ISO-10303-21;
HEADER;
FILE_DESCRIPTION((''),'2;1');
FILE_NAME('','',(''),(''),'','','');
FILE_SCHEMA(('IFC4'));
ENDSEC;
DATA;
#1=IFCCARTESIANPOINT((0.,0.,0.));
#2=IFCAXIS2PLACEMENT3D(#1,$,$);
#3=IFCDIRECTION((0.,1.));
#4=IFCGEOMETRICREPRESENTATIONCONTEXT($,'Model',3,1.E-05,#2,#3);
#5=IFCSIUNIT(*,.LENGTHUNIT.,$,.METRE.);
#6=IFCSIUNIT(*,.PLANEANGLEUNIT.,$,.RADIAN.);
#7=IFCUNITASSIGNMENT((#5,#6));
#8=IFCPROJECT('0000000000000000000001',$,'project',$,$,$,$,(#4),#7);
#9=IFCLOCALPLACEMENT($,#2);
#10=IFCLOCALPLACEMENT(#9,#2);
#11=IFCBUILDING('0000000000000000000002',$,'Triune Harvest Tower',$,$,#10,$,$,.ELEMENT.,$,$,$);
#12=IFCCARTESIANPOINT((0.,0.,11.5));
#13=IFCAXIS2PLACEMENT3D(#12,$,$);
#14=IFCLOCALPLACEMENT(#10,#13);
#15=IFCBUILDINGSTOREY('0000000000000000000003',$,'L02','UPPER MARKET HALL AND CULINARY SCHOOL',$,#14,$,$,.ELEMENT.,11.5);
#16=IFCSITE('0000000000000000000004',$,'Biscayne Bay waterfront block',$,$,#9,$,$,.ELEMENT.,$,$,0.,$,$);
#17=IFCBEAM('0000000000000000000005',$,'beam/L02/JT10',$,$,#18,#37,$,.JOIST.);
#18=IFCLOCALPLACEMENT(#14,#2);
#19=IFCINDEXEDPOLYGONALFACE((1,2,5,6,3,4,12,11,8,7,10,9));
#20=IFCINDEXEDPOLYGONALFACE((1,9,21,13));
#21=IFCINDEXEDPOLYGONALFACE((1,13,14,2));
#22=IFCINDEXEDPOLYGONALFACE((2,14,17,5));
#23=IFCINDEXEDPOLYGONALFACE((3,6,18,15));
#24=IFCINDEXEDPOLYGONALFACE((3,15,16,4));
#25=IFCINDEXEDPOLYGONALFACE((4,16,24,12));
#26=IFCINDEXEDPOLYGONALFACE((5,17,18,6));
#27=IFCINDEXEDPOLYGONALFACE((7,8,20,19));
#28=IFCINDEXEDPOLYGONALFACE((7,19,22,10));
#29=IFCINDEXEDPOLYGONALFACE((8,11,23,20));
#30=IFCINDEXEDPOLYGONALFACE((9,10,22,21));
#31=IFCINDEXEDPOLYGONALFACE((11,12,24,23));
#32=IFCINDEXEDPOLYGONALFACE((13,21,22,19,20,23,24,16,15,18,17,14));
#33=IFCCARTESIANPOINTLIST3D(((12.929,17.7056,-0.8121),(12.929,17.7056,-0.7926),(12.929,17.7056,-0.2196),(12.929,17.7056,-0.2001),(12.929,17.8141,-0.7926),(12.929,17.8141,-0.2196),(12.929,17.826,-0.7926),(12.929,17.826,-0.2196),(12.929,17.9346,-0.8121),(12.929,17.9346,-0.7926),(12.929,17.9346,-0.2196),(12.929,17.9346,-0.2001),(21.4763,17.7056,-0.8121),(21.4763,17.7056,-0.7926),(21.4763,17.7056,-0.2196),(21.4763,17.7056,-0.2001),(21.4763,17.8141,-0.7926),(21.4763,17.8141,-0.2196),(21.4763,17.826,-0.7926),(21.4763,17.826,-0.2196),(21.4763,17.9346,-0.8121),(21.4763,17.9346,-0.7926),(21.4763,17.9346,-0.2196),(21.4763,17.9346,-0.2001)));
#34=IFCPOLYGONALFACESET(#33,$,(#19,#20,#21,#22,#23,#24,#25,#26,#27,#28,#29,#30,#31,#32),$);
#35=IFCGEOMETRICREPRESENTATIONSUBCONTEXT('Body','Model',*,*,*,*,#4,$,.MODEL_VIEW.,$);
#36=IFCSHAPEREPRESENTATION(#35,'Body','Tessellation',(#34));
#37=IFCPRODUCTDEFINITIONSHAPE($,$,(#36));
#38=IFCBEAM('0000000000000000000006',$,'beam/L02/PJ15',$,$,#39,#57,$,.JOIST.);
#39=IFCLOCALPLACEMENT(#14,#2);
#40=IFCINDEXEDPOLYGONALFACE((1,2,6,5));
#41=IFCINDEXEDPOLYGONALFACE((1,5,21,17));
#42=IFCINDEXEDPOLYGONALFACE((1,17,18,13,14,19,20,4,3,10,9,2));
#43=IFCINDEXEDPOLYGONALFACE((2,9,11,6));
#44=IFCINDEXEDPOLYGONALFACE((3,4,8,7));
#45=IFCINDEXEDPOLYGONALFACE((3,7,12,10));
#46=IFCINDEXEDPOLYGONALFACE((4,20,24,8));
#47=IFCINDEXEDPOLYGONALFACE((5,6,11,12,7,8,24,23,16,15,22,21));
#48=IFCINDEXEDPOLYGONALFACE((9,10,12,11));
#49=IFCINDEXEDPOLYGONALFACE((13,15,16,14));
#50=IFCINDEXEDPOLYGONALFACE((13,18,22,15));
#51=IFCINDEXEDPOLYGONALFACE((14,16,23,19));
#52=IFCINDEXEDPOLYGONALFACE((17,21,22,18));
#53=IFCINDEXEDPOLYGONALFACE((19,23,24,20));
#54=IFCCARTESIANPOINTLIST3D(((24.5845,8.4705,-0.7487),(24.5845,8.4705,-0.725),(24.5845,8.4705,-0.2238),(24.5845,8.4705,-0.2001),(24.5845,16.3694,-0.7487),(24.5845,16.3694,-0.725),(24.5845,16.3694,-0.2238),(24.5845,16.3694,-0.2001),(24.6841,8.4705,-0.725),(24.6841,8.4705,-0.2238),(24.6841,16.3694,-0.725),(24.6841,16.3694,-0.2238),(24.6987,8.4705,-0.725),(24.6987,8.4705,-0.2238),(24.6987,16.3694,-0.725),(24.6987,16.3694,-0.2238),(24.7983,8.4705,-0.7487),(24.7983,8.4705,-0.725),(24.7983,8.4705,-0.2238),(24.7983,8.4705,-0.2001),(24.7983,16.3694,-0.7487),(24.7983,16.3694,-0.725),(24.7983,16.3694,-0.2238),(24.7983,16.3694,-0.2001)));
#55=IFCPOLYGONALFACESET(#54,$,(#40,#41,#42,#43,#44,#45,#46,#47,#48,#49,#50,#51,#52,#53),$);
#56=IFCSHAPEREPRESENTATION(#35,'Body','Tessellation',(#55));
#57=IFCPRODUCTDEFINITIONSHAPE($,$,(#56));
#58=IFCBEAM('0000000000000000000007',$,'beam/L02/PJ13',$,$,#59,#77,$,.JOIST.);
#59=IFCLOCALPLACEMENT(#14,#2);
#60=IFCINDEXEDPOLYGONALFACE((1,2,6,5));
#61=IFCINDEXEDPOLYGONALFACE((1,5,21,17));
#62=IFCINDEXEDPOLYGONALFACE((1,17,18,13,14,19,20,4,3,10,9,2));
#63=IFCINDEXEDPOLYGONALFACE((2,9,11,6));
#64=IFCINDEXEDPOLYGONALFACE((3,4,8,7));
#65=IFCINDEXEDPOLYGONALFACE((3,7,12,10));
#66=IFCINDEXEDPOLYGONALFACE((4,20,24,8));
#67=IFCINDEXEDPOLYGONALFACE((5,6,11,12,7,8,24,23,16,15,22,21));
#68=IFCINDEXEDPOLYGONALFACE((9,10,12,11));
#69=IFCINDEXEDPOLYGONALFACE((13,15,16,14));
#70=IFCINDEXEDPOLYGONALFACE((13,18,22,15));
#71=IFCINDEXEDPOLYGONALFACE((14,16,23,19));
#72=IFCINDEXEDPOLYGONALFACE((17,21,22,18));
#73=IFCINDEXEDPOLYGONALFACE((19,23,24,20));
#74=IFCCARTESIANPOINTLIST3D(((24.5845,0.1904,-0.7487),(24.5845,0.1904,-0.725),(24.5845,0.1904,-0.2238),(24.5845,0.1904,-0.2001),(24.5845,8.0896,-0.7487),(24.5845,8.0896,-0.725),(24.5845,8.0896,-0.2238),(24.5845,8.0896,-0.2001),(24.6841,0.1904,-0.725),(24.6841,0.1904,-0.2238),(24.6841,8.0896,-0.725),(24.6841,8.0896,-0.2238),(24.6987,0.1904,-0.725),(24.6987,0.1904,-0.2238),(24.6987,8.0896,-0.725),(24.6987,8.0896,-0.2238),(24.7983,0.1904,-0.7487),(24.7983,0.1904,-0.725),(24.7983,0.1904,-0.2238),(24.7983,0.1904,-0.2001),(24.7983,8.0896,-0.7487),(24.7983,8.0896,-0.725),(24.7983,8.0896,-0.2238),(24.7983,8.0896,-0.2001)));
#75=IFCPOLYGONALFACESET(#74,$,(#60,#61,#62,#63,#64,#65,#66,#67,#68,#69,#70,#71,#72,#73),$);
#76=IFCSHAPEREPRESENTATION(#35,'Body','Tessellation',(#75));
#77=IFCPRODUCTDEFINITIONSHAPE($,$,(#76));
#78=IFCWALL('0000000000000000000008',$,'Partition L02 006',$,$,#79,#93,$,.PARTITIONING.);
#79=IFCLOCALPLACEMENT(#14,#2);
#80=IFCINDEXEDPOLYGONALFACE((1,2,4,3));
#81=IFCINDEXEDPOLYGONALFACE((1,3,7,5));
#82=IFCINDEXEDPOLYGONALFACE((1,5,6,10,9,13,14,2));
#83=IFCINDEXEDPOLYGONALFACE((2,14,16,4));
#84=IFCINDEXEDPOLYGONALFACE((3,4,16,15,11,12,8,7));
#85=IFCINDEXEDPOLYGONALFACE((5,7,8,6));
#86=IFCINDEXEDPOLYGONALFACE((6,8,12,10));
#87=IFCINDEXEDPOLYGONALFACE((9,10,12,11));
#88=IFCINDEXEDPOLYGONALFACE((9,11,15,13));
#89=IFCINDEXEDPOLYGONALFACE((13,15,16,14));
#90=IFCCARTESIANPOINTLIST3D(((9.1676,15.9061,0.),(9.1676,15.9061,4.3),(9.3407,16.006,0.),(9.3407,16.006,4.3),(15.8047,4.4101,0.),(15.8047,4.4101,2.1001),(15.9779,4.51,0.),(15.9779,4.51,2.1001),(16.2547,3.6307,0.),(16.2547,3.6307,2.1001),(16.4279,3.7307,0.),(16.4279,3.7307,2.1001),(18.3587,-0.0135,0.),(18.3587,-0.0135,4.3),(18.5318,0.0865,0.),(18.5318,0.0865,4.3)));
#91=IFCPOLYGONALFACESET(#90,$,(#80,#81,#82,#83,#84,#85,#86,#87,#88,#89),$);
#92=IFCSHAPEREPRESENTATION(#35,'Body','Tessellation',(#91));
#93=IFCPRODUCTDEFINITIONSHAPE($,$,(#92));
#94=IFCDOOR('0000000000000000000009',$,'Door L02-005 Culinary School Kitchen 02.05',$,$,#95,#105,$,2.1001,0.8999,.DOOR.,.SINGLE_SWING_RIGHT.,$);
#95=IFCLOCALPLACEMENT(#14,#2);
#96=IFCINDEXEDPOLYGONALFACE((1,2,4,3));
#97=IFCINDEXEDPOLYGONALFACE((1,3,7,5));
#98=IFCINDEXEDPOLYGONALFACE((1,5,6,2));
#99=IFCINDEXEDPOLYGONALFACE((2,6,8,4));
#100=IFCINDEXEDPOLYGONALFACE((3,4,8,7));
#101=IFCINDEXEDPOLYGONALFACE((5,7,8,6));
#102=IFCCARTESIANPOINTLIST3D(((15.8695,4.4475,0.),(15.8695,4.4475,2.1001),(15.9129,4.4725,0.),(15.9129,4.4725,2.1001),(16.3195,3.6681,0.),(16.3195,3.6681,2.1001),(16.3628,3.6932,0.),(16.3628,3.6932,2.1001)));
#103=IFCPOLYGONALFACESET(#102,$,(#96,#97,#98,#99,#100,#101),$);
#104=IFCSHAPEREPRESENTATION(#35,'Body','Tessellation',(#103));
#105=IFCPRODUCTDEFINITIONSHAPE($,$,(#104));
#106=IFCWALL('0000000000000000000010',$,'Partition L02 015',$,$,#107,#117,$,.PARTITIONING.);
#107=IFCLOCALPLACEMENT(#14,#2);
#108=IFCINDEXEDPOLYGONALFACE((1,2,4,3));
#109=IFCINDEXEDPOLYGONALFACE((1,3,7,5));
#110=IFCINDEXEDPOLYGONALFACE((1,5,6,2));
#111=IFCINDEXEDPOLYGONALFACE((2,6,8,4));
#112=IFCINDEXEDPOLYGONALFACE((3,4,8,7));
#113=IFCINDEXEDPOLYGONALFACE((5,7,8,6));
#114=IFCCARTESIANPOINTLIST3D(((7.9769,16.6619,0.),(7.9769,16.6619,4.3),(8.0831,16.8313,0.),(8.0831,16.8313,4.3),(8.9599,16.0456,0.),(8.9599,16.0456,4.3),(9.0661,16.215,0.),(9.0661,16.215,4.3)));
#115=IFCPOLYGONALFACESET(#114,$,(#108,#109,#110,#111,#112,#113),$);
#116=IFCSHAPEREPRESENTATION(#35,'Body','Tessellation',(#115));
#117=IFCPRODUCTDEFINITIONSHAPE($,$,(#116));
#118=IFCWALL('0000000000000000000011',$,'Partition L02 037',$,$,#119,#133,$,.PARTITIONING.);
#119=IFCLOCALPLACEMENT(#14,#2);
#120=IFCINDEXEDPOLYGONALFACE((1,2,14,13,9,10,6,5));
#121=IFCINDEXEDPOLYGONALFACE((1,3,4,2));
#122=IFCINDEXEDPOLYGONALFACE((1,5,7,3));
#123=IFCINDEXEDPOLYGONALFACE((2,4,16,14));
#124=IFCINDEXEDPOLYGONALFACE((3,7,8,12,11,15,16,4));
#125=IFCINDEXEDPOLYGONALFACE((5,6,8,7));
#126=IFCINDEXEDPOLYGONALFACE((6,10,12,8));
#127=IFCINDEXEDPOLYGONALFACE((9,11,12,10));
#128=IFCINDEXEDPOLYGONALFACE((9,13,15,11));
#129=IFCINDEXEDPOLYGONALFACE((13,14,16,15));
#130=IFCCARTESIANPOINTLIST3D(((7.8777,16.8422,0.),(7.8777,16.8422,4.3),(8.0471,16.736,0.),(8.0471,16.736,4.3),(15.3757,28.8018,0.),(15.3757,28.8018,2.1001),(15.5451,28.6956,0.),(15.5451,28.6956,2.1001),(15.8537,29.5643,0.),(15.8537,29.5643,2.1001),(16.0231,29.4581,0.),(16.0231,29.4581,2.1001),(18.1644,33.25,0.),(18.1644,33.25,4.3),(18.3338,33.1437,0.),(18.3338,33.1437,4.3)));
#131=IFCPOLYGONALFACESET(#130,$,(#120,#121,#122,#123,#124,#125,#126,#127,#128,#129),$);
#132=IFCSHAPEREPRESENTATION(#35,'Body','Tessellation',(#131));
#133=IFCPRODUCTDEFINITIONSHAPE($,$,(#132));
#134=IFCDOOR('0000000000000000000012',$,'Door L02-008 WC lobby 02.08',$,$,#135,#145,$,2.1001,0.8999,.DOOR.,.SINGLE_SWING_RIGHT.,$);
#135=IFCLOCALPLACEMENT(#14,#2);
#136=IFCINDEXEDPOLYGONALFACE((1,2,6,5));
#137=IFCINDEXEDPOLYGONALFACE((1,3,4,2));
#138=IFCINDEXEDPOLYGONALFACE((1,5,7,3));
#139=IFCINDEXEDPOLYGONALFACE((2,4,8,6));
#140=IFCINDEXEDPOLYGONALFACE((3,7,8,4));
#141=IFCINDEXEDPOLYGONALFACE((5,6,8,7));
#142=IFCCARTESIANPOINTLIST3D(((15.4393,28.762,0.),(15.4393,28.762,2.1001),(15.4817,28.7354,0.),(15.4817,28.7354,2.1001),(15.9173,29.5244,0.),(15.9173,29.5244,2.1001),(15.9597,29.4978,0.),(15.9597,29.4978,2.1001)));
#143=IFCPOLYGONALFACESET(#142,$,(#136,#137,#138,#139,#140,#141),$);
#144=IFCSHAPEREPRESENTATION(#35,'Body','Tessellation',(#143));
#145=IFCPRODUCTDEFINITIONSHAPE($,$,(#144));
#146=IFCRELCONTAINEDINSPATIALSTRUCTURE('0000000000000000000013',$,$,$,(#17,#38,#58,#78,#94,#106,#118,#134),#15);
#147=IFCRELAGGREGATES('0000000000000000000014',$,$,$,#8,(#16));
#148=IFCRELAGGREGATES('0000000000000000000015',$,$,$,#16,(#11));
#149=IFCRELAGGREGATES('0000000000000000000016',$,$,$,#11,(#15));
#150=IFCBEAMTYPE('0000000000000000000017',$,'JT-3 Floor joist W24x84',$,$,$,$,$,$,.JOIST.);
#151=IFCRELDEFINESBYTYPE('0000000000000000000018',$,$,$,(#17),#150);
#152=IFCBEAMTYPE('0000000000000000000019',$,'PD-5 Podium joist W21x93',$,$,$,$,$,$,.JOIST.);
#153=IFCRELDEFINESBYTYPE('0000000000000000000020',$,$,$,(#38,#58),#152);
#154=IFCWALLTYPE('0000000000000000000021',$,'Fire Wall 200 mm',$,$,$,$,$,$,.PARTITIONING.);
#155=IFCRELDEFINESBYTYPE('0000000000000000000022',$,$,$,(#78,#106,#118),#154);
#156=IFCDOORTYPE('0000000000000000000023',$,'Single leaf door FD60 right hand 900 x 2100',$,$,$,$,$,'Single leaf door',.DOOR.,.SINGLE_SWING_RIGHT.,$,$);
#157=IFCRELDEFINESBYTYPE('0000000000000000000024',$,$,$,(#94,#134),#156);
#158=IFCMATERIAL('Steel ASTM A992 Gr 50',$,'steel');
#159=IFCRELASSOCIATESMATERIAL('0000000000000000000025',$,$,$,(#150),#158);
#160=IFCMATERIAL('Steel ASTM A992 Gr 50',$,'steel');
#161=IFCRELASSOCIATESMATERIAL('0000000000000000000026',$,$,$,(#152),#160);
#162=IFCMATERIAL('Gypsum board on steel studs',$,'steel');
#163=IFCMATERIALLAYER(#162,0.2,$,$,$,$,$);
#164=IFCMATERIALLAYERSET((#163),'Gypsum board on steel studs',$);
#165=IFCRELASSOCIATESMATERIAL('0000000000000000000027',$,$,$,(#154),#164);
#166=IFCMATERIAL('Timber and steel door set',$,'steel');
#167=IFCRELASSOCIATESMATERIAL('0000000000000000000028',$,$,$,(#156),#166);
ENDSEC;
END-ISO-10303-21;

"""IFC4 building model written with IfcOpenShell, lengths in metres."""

from ifc_helpers import new_model, si_unit, direction, frame, frame_2d, origin, origin_2d, place, context, subcontext, project, spatial, rectangle, i_section, extrude, source, transform, mapped, material, layer, layer_set, material_profile, profile_set, type_object, element, fill, save


model = new_model("IFC4")

# Units and contexts
model_context = context("Model", 3, precision=1e-05, world=origin(), true_north=direction((0.0, 1.0)))
body_context = subcontext(model_context, "Body", "Model", "MODEL_VIEW")
ifc_project = project(units=[si_unit("LENGTHUNIT", "METRE"), si_unit("PLANEANGLEUNIT", "RADIAN")], contexts=[model_context])

# Site, building, storey
site_placement = place(None, origin())
site = spatial("IfcSite", under=ifc_project, at=site_placement, Name="Biscayne Bay waterfront block", CompositionType="ELEMENT", RefElevation=0.0)
building_placement = place(site_placement, origin())
building = spatial("IfcBuilding", under=site, at=building_placement, Name="Triune Harvest Tower", CompositionType="ELEMENT")
storey_placement = place(building_placement, frame((0.0, 0.0, 11.5)))
storey = spatial("IfcBuildingStorey", under=building, at=storey_placement, Name="L02", Description="UPPER MARKET HALL AND CULINARY SCHOOL", CompositionType="ELEMENT", Elevation=11.5)

# Beams
ifc_material_1 = material(Name="Steel ASTM A992 Gr 50", Category="steel")
ifc_material_profile_1 = material_profile(ifc_material_1, i_section(OverallWidth=0.229, OverallDepth=0.6121, WebThickness=0.012, FlangeThickness=0.0195, at=origin_2d()), Name="W24x84")
ifc_profile_set_1 = profile_set([ifc_material_profile_1], Name="Steel ASTM A992 Gr 50")
beam_type_1 = type_object("IfcBeamType", Name="JT-3 Floor joist W24x84", PredefinedType="JOIST", material=ifc_profile_set_1)
shared_shape_1 = source(origin(), body_context, "Body", "SweptSolid", [
    extrude(i_section(OverallWidth=0.229, OverallDepth=0.6121, WebThickness=0.012, FlangeThickness=0.0195, at=origin_2d()), origin(), (0.0, 0.0, 1.0), 8.5474),
])
beam_1_placement = place(storey_placement, frame((21.4763, 17.8201, -0.5061), z_axis=(-1.0, 0.0, 0.0), x_axis=(0.0, -1.0, 0.0)))
element("IfcBeam", 1, at=beam_1_placement, inside=storey, type_object=beam_type_1, Name="beam/L02/JT10", PredefinedType="JOIST", context=body_context, shape_type="MappedRepresentation", body=[
    mapped(shared_shape_1, transform((0.0, 0.0, 0.0), scale=1.0)),
])
ifc_material_2 = material(Name="Steel ASTM A992 Gr 50", Category="steel")
ifc_material_profile_2 = material_profile(ifc_material_2, i_section(OverallWidth=0.2139, OverallDepth=0.5486, WebThickness=0.0146, FlangeThickness=0.0237, at=origin_2d()), Name="W21x93")
ifc_profile_set_2 = profile_set([ifc_material_profile_2], Name="Steel ASTM A992 Gr 50")
beam_type_2 = type_object("IfcBeamType", Name="PD-5 Podium joist W21x93", PredefinedType="JOIST", material=ifc_profile_set_2)
shared_shape_2 = source(origin(), body_context, "Body", "SweptSolid", [
    extrude(i_section(OverallWidth=0.2139, OverallDepth=0.5486, WebThickness=0.0146, FlangeThickness=0.0237, at=origin_2d()), origin(), (0.0, 0.0, 1.0), 7.8989),
])
beam_2_placement = place(storey_placement, frame((24.6914, 8.4705, -0.4744), z_axis=(0.0, 1.0, 0.0), x_axis=(-1.0, 0.0, 0.0)))
element("IfcBeam", 2, at=beam_2_placement, inside=storey, type_object=beam_type_2, Name="beam/L02/PJ15", PredefinedType="JOIST", context=body_context, shape_type="MappedRepresentation", body=[
    mapped(shared_shape_2, transform((0.0, 0.0, 0.0), scale=1.0)),
])
shared_shape_3 = source(origin(), body_context, "Body", "SweptSolid", [
    extrude(i_section(OverallWidth=0.2139, OverallDepth=0.5486, WebThickness=0.0146, FlangeThickness=0.0237, at=origin_2d()), origin(), (0.0, 0.0, 1.0), 7.8992),
])
beam_3_placement = place(storey_placement, frame((24.6914, 0.1904, -0.4744), z_axis=(0.0, 1.0, 0.0), x_axis=(-1.0, 0.0, 0.0)))
element("IfcBeam", 3, at=beam_3_placement, inside=storey, type_object=beam_type_2, Name="beam/L02/PJ13", PredefinedType="JOIST", context=body_context, shape_type="MappedRepresentation", body=[
    mapped(shared_shape_3, transform((0.0, 0.0, 0.0), scale=1.0)),
])

# Wall, opening, door
ifc_material_3 = material(Name="Gypsum board on steel studs", Category="steel")
ifc_layer_1 = layer(ifc_material_3, 0.2)
ifc_layer_set_1 = layer_set([ifc_layer_1], Name="Gypsum board on steel studs")
wall_type_1 = type_object("IfcWallType", Name="Fire Wall 200 mm", PredefinedType="PARTITIONING", material=ifc_layer_set_1)
wall_1_placement = place(storey_placement, frame((9.2542, 15.9561, 0.0), z_axis=(0.0, 0.0, 1.0), x_axis=(0.499997, -0.866027, 0.0)))
wall_1 = element("IfcWall", 4, at=wall_1_placement, inside=storey, type_object=wall_type_1, Name="Partition L02 006", PredefinedType="PARTITIONING", context=body_context, shape_type="SweptSolid", body=[
    extrude(rectangle(XDim=18.3823, YDim=0.2, at=frame_2d((9.1912, 0.0))), origin(), (0.0, 0.0, 1.0), 4.3),
])
opening_1_placement = place(wall_1_placement, frame((13.2744, 0.0, 0.0)))
opening_1 = element("IfcOpeningElement", 5, at=opening_1_placement, cuts=wall_1, PredefinedType="OPENING", context=body_context, shape_type="SweptSolid", body=[
    extrude(rectangle(XDim=0.8999, YDim=2.1001, at=frame_2d((0.45, 1.05))), frame((0.0, 0.1099, 0.0), z_axis=(0.0, -1.0, 0.0), x_axis=(1.0, 0.0, 0.0)), (0.0, 0.0, 1.0), 0.22),
])
ifc_material_4 = material(Name="Timber and steel door set", Category="steel")
door_type_1 = type_object("IfcDoorType", Name="Single leaf door FD60 right hand 900 x 2100", ElementType="Single leaf door", OperationType="SINGLE_SWING_RIGHT", PredefinedType="DOOR", material=ifc_material_4)
door_1_placement = place(opening_1_placement, origin())
door_1 = element("IfcDoor", 6, at=door_1_placement, inside=storey, type_object=door_type_1, Name="Door L02-005 Culinary School Kitchen 02.05", OperationType="SINGLE_SWING_RIGHT", OverallHeight=2.1001, OverallWidth=0.8999, PredefinedType="DOOR", context=body_context, shape_type="SweptSolid", body=[
    extrude(rectangle(XDim=0.8999, YDim=2.1001, at=frame_2d((0.45, 1.05))), frame((0.0, 0.0249, 0.0), z_axis=(0.0, -1.0, 0.0), x_axis=(1.0, 0.0, 0.0)), (0.0, 0.0, 1.0), 0.05),
])
fill(opening_1, door_1)

# Wall
wall_2_placement = place(storey_placement, frame((8.03, 16.7466, 0.0), z_axis=(0.0, 0.0, 1.0), x_axis=(0.847264, -0.531171, 0.0)))
element("IfcWall", 7, at=wall_2_placement, inside=storey, type_object=wall_type_1, Name="Partition L02 015", PredefinedType="PARTITIONING", context=body_context, shape_type="SweptSolid", body=[
    extrude(rectangle(XDim=1.1602, YDim=0.2, at=frame_2d((0.5801, 0.0))), origin(), (0.0, 0.0, 1.0), 4.3),
])

# Wall, opening, door
wall_3_placement = place(storey_placement, frame((7.9624, 16.7891, 0.0), z_axis=(0.0, 0.0, 1.0), x_axis=(0.531179, 0.847259, 0.0)))
wall_3 = element("IfcWall", 8, at=wall_3_placement, inside=storey, type_object=wall_type_1, Name="Partition L02 037", PredefinedType="PARTITIONING", context=body_context, shape_type="SweptSolid", body=[
    extrude(rectangle(XDim=19.3657, YDim=0.2, at=frame_2d((9.6829, 0.0))), origin(), (0.0, 0.0, 1.0), 4.3),
])
opening_2_placement = place(wall_3_placement, frame((14.1157, 0.0, 0.0)))
opening_2 = element("IfcOpeningElement", 9, at=opening_2_placement, cuts=wall_3, PredefinedType="OPENING", context=body_context, shape_type="SweptSolid", body=[
    extrude(rectangle(XDim=0.8999, YDim=2.1001, at=frame_2d((0.45, 1.05))), frame((0.0, 0.1099, 0.0), z_axis=(0.0, -1.0, 0.0), x_axis=(1.0, 0.0, 0.0)), (0.0, 0.0, 1.0), 0.22),
])
door_2_placement = place(opening_2_placement, origin())
door_2 = element("IfcDoor", 10, at=door_2_placement, inside=storey, type_object=door_type_1, Name="Door L02-008 WC lobby 02.08", OperationType="SINGLE_SWING_RIGHT", OverallHeight=2.1001, OverallWidth=0.8999, PredefinedType="DOOR", context=body_context, shape_type="SweptSolid", body=[
    extrude(rectangle(XDim=0.8999, YDim=2.1001, at=frame_2d((0.45, 1.05))), frame((0.0, 0.0249, 0.0), z_axis=(0.0, -1.0, 0.0), x_axis=(1.0, 0.0, 0.0)), (0.0, 0.0, 1.0), 0.05),
])
fill(opening_2, door_2)

save(model, "model.ifc")
